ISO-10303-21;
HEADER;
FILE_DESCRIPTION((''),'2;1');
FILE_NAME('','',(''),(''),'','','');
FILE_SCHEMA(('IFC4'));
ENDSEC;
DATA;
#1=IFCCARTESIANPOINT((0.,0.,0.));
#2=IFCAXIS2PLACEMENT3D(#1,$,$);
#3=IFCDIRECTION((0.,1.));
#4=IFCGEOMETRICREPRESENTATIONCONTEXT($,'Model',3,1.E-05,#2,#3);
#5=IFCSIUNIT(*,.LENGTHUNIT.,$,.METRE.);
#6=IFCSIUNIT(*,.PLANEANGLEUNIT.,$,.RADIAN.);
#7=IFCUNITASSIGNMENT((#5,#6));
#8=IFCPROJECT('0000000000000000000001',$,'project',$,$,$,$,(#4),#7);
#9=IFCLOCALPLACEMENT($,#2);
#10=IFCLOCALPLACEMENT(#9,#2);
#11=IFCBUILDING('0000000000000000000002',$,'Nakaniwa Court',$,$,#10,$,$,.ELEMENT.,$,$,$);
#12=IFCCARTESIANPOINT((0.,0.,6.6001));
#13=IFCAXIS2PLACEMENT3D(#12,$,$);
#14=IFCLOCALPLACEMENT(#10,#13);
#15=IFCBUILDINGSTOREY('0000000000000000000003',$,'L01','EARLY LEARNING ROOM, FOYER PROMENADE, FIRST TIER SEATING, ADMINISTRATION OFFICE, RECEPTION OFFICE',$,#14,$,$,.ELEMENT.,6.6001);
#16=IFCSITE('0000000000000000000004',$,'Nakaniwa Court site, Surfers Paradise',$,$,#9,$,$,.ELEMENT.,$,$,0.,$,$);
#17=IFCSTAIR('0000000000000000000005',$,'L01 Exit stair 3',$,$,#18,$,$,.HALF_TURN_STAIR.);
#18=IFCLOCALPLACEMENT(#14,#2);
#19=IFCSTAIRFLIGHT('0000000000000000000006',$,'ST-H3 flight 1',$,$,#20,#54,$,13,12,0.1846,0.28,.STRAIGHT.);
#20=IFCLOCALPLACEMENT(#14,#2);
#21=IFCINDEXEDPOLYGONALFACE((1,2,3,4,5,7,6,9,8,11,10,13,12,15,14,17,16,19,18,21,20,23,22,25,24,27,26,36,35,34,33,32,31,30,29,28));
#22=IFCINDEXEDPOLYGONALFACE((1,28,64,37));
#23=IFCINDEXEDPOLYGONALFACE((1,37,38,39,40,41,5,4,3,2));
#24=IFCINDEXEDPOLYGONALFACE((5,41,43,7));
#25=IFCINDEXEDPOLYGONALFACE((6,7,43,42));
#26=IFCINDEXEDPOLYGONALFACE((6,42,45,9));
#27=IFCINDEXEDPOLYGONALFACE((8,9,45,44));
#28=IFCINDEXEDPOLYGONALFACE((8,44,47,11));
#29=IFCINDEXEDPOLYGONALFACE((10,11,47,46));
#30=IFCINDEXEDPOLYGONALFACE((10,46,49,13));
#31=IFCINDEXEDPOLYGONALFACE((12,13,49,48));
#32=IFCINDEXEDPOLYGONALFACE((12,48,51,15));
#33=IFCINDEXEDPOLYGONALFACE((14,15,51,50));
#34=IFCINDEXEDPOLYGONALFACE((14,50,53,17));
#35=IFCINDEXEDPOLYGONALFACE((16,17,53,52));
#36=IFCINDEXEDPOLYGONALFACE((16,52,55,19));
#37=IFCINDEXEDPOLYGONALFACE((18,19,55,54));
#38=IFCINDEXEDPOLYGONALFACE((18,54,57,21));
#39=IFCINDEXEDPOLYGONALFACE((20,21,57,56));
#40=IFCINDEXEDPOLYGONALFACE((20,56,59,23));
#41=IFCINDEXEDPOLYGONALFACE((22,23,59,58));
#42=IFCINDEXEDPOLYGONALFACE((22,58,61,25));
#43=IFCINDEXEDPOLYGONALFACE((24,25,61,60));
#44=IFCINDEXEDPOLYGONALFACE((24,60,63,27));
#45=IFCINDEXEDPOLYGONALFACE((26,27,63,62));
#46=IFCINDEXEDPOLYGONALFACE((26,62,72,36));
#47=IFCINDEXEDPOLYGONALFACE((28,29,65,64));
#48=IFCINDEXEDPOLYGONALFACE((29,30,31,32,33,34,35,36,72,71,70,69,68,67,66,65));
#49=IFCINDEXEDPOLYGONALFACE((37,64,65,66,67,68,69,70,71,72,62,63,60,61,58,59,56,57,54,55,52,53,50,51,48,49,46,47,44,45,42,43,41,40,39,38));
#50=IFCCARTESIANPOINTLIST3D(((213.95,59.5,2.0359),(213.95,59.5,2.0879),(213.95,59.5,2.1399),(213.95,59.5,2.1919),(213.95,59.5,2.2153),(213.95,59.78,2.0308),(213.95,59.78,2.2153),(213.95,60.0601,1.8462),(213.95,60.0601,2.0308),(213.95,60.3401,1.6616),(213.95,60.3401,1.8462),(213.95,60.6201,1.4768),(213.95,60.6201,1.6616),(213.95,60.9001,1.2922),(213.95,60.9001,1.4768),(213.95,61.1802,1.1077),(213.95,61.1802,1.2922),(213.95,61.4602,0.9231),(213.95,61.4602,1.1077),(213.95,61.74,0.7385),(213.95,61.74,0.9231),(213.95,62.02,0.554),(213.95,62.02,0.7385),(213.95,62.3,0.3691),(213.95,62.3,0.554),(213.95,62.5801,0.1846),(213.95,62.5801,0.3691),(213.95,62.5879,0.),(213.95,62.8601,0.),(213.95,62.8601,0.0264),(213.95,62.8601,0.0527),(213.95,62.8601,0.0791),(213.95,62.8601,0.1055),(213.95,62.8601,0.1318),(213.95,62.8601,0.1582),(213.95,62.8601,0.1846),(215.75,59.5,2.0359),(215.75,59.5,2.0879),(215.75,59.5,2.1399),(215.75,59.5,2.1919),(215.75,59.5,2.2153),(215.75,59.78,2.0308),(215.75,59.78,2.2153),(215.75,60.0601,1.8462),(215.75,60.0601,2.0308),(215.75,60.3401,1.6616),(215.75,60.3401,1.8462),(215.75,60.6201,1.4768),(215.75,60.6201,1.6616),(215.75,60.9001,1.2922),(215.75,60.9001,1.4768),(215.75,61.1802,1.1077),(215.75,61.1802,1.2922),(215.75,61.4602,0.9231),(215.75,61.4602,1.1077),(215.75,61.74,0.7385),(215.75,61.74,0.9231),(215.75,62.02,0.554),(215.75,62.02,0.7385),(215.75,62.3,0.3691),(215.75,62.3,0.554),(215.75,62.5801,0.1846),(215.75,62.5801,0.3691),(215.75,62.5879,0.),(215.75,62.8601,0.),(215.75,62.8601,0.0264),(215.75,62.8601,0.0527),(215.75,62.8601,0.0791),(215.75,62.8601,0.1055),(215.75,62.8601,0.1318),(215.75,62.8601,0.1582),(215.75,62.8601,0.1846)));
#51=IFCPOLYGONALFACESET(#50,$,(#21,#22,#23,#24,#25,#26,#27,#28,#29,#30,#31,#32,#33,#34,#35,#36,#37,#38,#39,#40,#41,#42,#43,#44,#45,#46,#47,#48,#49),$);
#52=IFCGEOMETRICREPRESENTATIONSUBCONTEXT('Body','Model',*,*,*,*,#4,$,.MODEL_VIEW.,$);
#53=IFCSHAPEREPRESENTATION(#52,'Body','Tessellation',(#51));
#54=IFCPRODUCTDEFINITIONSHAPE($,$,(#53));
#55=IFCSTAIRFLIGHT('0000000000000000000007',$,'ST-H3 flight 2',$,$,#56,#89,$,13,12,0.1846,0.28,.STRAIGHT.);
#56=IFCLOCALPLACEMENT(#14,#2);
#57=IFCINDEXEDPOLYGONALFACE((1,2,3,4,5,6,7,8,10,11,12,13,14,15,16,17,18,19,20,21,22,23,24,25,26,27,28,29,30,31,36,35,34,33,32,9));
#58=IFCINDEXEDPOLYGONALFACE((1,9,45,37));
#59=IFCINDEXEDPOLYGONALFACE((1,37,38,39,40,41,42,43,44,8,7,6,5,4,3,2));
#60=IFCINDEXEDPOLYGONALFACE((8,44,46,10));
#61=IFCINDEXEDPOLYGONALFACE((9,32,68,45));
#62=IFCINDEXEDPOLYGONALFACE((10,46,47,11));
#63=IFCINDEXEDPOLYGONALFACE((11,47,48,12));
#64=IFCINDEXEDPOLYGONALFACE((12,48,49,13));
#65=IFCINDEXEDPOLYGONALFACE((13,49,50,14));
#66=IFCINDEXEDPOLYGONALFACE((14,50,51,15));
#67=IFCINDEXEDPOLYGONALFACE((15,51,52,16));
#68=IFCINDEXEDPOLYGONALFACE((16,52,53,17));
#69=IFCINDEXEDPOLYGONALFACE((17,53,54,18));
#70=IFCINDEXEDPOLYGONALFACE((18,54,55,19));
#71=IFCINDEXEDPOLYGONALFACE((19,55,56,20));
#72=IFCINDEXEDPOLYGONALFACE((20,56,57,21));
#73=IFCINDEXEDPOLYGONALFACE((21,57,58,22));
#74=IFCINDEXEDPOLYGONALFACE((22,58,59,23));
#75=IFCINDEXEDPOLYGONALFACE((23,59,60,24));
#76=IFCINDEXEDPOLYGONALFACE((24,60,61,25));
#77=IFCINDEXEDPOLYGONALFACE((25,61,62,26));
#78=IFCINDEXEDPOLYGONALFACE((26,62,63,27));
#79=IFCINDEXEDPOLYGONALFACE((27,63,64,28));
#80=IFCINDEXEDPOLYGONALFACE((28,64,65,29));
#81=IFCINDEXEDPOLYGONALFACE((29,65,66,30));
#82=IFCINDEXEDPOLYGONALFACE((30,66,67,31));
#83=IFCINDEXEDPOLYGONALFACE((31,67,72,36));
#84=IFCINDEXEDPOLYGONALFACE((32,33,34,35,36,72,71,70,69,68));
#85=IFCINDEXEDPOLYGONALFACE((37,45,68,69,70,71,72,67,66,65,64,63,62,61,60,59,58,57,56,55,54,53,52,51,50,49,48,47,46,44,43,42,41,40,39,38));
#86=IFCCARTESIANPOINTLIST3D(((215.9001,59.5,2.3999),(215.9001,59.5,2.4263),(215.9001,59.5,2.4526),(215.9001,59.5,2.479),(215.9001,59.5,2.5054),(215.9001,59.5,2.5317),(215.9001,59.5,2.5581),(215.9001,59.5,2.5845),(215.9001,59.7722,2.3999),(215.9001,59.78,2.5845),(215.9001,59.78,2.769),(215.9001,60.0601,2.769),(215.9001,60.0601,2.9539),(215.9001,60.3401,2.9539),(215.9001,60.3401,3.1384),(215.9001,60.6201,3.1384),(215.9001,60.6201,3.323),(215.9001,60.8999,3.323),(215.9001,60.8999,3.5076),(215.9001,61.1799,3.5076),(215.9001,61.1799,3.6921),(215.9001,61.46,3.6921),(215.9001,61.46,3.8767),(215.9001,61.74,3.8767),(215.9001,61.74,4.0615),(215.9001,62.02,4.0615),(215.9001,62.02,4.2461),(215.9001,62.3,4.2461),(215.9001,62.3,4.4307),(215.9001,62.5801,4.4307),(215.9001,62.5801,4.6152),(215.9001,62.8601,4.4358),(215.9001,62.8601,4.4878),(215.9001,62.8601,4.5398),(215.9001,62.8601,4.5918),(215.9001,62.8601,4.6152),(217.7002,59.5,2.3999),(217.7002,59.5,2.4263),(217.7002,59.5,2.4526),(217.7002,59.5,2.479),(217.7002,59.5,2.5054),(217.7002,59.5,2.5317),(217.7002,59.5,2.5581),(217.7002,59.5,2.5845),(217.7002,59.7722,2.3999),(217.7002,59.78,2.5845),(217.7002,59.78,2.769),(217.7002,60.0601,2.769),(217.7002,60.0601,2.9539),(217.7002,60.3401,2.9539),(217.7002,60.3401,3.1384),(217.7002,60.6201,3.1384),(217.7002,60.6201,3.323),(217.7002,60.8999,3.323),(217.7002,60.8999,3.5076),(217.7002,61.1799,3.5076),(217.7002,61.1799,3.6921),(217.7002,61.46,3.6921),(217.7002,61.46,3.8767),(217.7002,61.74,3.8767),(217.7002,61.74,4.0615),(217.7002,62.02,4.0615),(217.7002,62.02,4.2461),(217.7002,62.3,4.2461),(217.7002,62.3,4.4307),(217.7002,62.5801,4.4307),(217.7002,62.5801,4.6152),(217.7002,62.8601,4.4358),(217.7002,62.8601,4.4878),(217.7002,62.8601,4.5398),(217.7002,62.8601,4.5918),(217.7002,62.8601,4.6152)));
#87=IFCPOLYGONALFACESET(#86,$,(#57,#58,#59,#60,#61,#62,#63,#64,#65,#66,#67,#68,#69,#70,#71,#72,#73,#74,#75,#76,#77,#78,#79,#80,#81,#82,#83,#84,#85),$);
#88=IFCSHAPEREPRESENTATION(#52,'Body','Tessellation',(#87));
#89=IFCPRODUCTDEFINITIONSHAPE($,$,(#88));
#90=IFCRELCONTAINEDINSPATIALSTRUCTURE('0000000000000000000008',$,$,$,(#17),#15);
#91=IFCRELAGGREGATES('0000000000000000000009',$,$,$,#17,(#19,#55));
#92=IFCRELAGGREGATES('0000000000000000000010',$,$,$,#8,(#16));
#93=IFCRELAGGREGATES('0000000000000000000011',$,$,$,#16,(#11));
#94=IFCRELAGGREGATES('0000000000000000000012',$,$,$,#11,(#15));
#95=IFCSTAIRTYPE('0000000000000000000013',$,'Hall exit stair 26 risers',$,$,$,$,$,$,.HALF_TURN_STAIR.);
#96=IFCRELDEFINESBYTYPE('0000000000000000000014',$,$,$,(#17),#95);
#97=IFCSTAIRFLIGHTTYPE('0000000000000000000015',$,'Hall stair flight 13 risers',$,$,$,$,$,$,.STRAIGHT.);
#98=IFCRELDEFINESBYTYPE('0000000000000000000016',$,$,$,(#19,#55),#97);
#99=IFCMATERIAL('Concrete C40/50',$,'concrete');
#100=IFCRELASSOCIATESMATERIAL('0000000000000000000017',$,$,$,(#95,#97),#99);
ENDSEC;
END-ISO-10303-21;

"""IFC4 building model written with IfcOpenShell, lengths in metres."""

from ifc_helpers import new_model, si_unit, direction, frame, origin, place, context, subcontext, project, spatial, polyline, outline, extrude, material, type_object, element, aggregate, save


model = new_model("IFC4")

# Units and contexts
model_context = context("Model", 3, precision=1e-05, world=origin(), true_north=direction((0.0, 1.0)))
body_context = subcontext(model_context, "Body", "Model", "MODEL_VIEW")
ifc_project = project(units=[si_unit("LENGTHUNIT", "METRE"), si_unit("PLANEANGLEUNIT", "RADIAN")], contexts=[model_context])

# Site, building, storey
site_placement = place(None, origin())
site = spatial("IfcSite", under=ifc_project, at=site_placement, Name="Nakaniwa Court site, Surfers Paradise", CompositionType="ELEMENT", RefElevation=0.0)
building_placement = place(site_placement, origin())
building = spatial("IfcBuilding", under=site, at=building_placement, Name="Nakaniwa Court", CompositionType="ELEMENT")
storey_placement = place(building_placement, frame((0.0, 0.0, 6.6001)))
storey = spatial("IfcBuildingStorey", under=building, at=storey_placement, Name="L01", Description="EARLY LEARNING ROOM, FOYER PROMENADE, FIRST TIER SEATING, ADMINISTRATION OFFICE, RECEPTION OFFICE", CompositionType="ELEMENT", Elevation=6.6001)

# Shared definitions
ifc_material_1 = material(Name="Concrete C40/50", Category="concrete")

# Stair, stair flights
stair_type = type_object("IfcStairType", Name="Hall exit stair 26 risers", PredefinedType="HALF_TURN_STAIR", material=ifc_material_1)
stair_placement = place(storey_placement, origin())
stair = element("IfcStair", 1, at=stair_placement, inside=storey, type_object=stair_type, Name="L01 Exit stair 3", PredefinedType="HALF_TURN_STAIR")
stair_flight_type = type_object("IfcStairFlightType", Name="Hall stair flight 13 risers", PredefinedType="STRAIGHT", material=ifc_material_1)
stair_flight_1_placement = place(storey_placement, frame((214.8501, 62.8601, 0.0), z_axis=(0.0, 0.0, 1.0), x_axis=(0.0, -1.0, 0.0)))
stair_flight_1 = element("IfcStairFlight", 2, at=stair_flight_1_placement, type_object=stair_flight_type, Name="ST-H3 flight 1", NumberOfRisers=13, NumberOfTreads=12, PredefinedType="STRAIGHT", RiserHeight=0.1846, TreadLength=0.28, context=body_context, shape_type="SweptSolid", body=[
    extrude(outline(polyline([(0.0, 0.0), (0.0, 0.0264), (0.0, 0.0527), (0.0, 0.0791), (0.0, 0.1055), (0.0, 0.1318), (0.0, 0.1582), (0.0, 0.1846), (0.28, 0.1846), (0.28, 0.3691), (0.5601, 0.3691), (0.5601, 0.554), (0.8401, 0.554), (0.8401, 0.7385), (1.1201, 0.7385), (1.1201, 0.9231), (1.3999, 0.9231), (1.3999, 1.1077), (1.6799, 1.1077), (1.6799, 1.2922), (1.96, 1.2922), (1.96, 1.4768), (2.24, 1.4768), (2.24, 1.6616), (2.52, 1.6616), (2.52, 1.8462), (2.8, 1.8462), (2.8, 2.0308), (3.0801, 2.0308), (3.0801, 2.2153), (3.3601, 2.2153), (3.3601, 2.3999), (3.3601, 2.3479), (3.3601, 2.2959), (3.3601, 2.2439), (3.3601, 2.1919), (3.3601, 2.1399), (3.3601, 2.0879), (3.3601, 2.0359), (0.2722, 0.0), (0.0, 0.0)])), frame((0.0, 0.8999, 0.0), z_axis=(0.0, -1.0, 0.0), x_axis=(1.0, 0.0, 0.0)), (0.0, 0.0, 1.0), 1.8),
])
stair_flight_2_placement = place(storey_placement, frame((216.8, 59.5, 2.3999), z_axis=(0.0, 0.0, 1.0), x_axis=(0.0, 1.0, 0.0)))
stair_flight_2 = element("IfcStairFlight", 3, at=stair_flight_2_placement, type_object=stair_flight_type, Name="ST-H3 flight 2", NumberOfRisers=13, NumberOfTreads=12, PredefinedType="STRAIGHT", RiserHeight=0.1846, TreadLength=0.28, context=body_context, shape_type="SweptSolid", body=[
    extrude(outline(polyline([(0.0, 0.0), (0.0, 0.0264), (0.0, 0.0527), (0.0, 0.0791), (0.0, 0.1055), (0.0, 0.1318), (0.0, 0.1582), (0.0, 0.1846), (0.28, 0.1846), (0.28, 0.3691), (0.5601, 0.3691), (0.5601, 0.554), (0.8401, 0.554), (0.8401, 0.7385), (1.1201, 0.7385), (1.1201, 0.9231), (1.3999, 0.9231), (1.3999, 1.1077), (1.6799, 1.1077), (1.6799, 1.2922), (1.96, 1.2922), (1.96, 1.4768), (2.24, 1.4768), (2.24, 1.6616), (2.52, 1.6616), (2.52, 1.8462), (2.8, 1.8462), (2.8, 2.0308), (3.0801, 2.0308), (3.0801, 2.2153), (3.3601, 2.2153), (3.3601, 2.3999), (3.3601, 2.3479), (3.3601, 2.2959), (3.3601, 2.2439), (3.3601, 2.1919), (3.3601, 2.1399), (3.3601, 2.0879), (3.3601, 2.0359), (0.2722, 0.0), (0.0, 0.0)])), frame((0.0, 0.8999, 0.0), z_axis=(0.0, -1.0, 0.0), x_axis=(1.0, 0.0, 0.0)), (0.0, 0.0, 1.0), 1.8),
])
aggregate(stair, [stair_flight_1, stair_flight_2])

save(model, "model.ifc")
